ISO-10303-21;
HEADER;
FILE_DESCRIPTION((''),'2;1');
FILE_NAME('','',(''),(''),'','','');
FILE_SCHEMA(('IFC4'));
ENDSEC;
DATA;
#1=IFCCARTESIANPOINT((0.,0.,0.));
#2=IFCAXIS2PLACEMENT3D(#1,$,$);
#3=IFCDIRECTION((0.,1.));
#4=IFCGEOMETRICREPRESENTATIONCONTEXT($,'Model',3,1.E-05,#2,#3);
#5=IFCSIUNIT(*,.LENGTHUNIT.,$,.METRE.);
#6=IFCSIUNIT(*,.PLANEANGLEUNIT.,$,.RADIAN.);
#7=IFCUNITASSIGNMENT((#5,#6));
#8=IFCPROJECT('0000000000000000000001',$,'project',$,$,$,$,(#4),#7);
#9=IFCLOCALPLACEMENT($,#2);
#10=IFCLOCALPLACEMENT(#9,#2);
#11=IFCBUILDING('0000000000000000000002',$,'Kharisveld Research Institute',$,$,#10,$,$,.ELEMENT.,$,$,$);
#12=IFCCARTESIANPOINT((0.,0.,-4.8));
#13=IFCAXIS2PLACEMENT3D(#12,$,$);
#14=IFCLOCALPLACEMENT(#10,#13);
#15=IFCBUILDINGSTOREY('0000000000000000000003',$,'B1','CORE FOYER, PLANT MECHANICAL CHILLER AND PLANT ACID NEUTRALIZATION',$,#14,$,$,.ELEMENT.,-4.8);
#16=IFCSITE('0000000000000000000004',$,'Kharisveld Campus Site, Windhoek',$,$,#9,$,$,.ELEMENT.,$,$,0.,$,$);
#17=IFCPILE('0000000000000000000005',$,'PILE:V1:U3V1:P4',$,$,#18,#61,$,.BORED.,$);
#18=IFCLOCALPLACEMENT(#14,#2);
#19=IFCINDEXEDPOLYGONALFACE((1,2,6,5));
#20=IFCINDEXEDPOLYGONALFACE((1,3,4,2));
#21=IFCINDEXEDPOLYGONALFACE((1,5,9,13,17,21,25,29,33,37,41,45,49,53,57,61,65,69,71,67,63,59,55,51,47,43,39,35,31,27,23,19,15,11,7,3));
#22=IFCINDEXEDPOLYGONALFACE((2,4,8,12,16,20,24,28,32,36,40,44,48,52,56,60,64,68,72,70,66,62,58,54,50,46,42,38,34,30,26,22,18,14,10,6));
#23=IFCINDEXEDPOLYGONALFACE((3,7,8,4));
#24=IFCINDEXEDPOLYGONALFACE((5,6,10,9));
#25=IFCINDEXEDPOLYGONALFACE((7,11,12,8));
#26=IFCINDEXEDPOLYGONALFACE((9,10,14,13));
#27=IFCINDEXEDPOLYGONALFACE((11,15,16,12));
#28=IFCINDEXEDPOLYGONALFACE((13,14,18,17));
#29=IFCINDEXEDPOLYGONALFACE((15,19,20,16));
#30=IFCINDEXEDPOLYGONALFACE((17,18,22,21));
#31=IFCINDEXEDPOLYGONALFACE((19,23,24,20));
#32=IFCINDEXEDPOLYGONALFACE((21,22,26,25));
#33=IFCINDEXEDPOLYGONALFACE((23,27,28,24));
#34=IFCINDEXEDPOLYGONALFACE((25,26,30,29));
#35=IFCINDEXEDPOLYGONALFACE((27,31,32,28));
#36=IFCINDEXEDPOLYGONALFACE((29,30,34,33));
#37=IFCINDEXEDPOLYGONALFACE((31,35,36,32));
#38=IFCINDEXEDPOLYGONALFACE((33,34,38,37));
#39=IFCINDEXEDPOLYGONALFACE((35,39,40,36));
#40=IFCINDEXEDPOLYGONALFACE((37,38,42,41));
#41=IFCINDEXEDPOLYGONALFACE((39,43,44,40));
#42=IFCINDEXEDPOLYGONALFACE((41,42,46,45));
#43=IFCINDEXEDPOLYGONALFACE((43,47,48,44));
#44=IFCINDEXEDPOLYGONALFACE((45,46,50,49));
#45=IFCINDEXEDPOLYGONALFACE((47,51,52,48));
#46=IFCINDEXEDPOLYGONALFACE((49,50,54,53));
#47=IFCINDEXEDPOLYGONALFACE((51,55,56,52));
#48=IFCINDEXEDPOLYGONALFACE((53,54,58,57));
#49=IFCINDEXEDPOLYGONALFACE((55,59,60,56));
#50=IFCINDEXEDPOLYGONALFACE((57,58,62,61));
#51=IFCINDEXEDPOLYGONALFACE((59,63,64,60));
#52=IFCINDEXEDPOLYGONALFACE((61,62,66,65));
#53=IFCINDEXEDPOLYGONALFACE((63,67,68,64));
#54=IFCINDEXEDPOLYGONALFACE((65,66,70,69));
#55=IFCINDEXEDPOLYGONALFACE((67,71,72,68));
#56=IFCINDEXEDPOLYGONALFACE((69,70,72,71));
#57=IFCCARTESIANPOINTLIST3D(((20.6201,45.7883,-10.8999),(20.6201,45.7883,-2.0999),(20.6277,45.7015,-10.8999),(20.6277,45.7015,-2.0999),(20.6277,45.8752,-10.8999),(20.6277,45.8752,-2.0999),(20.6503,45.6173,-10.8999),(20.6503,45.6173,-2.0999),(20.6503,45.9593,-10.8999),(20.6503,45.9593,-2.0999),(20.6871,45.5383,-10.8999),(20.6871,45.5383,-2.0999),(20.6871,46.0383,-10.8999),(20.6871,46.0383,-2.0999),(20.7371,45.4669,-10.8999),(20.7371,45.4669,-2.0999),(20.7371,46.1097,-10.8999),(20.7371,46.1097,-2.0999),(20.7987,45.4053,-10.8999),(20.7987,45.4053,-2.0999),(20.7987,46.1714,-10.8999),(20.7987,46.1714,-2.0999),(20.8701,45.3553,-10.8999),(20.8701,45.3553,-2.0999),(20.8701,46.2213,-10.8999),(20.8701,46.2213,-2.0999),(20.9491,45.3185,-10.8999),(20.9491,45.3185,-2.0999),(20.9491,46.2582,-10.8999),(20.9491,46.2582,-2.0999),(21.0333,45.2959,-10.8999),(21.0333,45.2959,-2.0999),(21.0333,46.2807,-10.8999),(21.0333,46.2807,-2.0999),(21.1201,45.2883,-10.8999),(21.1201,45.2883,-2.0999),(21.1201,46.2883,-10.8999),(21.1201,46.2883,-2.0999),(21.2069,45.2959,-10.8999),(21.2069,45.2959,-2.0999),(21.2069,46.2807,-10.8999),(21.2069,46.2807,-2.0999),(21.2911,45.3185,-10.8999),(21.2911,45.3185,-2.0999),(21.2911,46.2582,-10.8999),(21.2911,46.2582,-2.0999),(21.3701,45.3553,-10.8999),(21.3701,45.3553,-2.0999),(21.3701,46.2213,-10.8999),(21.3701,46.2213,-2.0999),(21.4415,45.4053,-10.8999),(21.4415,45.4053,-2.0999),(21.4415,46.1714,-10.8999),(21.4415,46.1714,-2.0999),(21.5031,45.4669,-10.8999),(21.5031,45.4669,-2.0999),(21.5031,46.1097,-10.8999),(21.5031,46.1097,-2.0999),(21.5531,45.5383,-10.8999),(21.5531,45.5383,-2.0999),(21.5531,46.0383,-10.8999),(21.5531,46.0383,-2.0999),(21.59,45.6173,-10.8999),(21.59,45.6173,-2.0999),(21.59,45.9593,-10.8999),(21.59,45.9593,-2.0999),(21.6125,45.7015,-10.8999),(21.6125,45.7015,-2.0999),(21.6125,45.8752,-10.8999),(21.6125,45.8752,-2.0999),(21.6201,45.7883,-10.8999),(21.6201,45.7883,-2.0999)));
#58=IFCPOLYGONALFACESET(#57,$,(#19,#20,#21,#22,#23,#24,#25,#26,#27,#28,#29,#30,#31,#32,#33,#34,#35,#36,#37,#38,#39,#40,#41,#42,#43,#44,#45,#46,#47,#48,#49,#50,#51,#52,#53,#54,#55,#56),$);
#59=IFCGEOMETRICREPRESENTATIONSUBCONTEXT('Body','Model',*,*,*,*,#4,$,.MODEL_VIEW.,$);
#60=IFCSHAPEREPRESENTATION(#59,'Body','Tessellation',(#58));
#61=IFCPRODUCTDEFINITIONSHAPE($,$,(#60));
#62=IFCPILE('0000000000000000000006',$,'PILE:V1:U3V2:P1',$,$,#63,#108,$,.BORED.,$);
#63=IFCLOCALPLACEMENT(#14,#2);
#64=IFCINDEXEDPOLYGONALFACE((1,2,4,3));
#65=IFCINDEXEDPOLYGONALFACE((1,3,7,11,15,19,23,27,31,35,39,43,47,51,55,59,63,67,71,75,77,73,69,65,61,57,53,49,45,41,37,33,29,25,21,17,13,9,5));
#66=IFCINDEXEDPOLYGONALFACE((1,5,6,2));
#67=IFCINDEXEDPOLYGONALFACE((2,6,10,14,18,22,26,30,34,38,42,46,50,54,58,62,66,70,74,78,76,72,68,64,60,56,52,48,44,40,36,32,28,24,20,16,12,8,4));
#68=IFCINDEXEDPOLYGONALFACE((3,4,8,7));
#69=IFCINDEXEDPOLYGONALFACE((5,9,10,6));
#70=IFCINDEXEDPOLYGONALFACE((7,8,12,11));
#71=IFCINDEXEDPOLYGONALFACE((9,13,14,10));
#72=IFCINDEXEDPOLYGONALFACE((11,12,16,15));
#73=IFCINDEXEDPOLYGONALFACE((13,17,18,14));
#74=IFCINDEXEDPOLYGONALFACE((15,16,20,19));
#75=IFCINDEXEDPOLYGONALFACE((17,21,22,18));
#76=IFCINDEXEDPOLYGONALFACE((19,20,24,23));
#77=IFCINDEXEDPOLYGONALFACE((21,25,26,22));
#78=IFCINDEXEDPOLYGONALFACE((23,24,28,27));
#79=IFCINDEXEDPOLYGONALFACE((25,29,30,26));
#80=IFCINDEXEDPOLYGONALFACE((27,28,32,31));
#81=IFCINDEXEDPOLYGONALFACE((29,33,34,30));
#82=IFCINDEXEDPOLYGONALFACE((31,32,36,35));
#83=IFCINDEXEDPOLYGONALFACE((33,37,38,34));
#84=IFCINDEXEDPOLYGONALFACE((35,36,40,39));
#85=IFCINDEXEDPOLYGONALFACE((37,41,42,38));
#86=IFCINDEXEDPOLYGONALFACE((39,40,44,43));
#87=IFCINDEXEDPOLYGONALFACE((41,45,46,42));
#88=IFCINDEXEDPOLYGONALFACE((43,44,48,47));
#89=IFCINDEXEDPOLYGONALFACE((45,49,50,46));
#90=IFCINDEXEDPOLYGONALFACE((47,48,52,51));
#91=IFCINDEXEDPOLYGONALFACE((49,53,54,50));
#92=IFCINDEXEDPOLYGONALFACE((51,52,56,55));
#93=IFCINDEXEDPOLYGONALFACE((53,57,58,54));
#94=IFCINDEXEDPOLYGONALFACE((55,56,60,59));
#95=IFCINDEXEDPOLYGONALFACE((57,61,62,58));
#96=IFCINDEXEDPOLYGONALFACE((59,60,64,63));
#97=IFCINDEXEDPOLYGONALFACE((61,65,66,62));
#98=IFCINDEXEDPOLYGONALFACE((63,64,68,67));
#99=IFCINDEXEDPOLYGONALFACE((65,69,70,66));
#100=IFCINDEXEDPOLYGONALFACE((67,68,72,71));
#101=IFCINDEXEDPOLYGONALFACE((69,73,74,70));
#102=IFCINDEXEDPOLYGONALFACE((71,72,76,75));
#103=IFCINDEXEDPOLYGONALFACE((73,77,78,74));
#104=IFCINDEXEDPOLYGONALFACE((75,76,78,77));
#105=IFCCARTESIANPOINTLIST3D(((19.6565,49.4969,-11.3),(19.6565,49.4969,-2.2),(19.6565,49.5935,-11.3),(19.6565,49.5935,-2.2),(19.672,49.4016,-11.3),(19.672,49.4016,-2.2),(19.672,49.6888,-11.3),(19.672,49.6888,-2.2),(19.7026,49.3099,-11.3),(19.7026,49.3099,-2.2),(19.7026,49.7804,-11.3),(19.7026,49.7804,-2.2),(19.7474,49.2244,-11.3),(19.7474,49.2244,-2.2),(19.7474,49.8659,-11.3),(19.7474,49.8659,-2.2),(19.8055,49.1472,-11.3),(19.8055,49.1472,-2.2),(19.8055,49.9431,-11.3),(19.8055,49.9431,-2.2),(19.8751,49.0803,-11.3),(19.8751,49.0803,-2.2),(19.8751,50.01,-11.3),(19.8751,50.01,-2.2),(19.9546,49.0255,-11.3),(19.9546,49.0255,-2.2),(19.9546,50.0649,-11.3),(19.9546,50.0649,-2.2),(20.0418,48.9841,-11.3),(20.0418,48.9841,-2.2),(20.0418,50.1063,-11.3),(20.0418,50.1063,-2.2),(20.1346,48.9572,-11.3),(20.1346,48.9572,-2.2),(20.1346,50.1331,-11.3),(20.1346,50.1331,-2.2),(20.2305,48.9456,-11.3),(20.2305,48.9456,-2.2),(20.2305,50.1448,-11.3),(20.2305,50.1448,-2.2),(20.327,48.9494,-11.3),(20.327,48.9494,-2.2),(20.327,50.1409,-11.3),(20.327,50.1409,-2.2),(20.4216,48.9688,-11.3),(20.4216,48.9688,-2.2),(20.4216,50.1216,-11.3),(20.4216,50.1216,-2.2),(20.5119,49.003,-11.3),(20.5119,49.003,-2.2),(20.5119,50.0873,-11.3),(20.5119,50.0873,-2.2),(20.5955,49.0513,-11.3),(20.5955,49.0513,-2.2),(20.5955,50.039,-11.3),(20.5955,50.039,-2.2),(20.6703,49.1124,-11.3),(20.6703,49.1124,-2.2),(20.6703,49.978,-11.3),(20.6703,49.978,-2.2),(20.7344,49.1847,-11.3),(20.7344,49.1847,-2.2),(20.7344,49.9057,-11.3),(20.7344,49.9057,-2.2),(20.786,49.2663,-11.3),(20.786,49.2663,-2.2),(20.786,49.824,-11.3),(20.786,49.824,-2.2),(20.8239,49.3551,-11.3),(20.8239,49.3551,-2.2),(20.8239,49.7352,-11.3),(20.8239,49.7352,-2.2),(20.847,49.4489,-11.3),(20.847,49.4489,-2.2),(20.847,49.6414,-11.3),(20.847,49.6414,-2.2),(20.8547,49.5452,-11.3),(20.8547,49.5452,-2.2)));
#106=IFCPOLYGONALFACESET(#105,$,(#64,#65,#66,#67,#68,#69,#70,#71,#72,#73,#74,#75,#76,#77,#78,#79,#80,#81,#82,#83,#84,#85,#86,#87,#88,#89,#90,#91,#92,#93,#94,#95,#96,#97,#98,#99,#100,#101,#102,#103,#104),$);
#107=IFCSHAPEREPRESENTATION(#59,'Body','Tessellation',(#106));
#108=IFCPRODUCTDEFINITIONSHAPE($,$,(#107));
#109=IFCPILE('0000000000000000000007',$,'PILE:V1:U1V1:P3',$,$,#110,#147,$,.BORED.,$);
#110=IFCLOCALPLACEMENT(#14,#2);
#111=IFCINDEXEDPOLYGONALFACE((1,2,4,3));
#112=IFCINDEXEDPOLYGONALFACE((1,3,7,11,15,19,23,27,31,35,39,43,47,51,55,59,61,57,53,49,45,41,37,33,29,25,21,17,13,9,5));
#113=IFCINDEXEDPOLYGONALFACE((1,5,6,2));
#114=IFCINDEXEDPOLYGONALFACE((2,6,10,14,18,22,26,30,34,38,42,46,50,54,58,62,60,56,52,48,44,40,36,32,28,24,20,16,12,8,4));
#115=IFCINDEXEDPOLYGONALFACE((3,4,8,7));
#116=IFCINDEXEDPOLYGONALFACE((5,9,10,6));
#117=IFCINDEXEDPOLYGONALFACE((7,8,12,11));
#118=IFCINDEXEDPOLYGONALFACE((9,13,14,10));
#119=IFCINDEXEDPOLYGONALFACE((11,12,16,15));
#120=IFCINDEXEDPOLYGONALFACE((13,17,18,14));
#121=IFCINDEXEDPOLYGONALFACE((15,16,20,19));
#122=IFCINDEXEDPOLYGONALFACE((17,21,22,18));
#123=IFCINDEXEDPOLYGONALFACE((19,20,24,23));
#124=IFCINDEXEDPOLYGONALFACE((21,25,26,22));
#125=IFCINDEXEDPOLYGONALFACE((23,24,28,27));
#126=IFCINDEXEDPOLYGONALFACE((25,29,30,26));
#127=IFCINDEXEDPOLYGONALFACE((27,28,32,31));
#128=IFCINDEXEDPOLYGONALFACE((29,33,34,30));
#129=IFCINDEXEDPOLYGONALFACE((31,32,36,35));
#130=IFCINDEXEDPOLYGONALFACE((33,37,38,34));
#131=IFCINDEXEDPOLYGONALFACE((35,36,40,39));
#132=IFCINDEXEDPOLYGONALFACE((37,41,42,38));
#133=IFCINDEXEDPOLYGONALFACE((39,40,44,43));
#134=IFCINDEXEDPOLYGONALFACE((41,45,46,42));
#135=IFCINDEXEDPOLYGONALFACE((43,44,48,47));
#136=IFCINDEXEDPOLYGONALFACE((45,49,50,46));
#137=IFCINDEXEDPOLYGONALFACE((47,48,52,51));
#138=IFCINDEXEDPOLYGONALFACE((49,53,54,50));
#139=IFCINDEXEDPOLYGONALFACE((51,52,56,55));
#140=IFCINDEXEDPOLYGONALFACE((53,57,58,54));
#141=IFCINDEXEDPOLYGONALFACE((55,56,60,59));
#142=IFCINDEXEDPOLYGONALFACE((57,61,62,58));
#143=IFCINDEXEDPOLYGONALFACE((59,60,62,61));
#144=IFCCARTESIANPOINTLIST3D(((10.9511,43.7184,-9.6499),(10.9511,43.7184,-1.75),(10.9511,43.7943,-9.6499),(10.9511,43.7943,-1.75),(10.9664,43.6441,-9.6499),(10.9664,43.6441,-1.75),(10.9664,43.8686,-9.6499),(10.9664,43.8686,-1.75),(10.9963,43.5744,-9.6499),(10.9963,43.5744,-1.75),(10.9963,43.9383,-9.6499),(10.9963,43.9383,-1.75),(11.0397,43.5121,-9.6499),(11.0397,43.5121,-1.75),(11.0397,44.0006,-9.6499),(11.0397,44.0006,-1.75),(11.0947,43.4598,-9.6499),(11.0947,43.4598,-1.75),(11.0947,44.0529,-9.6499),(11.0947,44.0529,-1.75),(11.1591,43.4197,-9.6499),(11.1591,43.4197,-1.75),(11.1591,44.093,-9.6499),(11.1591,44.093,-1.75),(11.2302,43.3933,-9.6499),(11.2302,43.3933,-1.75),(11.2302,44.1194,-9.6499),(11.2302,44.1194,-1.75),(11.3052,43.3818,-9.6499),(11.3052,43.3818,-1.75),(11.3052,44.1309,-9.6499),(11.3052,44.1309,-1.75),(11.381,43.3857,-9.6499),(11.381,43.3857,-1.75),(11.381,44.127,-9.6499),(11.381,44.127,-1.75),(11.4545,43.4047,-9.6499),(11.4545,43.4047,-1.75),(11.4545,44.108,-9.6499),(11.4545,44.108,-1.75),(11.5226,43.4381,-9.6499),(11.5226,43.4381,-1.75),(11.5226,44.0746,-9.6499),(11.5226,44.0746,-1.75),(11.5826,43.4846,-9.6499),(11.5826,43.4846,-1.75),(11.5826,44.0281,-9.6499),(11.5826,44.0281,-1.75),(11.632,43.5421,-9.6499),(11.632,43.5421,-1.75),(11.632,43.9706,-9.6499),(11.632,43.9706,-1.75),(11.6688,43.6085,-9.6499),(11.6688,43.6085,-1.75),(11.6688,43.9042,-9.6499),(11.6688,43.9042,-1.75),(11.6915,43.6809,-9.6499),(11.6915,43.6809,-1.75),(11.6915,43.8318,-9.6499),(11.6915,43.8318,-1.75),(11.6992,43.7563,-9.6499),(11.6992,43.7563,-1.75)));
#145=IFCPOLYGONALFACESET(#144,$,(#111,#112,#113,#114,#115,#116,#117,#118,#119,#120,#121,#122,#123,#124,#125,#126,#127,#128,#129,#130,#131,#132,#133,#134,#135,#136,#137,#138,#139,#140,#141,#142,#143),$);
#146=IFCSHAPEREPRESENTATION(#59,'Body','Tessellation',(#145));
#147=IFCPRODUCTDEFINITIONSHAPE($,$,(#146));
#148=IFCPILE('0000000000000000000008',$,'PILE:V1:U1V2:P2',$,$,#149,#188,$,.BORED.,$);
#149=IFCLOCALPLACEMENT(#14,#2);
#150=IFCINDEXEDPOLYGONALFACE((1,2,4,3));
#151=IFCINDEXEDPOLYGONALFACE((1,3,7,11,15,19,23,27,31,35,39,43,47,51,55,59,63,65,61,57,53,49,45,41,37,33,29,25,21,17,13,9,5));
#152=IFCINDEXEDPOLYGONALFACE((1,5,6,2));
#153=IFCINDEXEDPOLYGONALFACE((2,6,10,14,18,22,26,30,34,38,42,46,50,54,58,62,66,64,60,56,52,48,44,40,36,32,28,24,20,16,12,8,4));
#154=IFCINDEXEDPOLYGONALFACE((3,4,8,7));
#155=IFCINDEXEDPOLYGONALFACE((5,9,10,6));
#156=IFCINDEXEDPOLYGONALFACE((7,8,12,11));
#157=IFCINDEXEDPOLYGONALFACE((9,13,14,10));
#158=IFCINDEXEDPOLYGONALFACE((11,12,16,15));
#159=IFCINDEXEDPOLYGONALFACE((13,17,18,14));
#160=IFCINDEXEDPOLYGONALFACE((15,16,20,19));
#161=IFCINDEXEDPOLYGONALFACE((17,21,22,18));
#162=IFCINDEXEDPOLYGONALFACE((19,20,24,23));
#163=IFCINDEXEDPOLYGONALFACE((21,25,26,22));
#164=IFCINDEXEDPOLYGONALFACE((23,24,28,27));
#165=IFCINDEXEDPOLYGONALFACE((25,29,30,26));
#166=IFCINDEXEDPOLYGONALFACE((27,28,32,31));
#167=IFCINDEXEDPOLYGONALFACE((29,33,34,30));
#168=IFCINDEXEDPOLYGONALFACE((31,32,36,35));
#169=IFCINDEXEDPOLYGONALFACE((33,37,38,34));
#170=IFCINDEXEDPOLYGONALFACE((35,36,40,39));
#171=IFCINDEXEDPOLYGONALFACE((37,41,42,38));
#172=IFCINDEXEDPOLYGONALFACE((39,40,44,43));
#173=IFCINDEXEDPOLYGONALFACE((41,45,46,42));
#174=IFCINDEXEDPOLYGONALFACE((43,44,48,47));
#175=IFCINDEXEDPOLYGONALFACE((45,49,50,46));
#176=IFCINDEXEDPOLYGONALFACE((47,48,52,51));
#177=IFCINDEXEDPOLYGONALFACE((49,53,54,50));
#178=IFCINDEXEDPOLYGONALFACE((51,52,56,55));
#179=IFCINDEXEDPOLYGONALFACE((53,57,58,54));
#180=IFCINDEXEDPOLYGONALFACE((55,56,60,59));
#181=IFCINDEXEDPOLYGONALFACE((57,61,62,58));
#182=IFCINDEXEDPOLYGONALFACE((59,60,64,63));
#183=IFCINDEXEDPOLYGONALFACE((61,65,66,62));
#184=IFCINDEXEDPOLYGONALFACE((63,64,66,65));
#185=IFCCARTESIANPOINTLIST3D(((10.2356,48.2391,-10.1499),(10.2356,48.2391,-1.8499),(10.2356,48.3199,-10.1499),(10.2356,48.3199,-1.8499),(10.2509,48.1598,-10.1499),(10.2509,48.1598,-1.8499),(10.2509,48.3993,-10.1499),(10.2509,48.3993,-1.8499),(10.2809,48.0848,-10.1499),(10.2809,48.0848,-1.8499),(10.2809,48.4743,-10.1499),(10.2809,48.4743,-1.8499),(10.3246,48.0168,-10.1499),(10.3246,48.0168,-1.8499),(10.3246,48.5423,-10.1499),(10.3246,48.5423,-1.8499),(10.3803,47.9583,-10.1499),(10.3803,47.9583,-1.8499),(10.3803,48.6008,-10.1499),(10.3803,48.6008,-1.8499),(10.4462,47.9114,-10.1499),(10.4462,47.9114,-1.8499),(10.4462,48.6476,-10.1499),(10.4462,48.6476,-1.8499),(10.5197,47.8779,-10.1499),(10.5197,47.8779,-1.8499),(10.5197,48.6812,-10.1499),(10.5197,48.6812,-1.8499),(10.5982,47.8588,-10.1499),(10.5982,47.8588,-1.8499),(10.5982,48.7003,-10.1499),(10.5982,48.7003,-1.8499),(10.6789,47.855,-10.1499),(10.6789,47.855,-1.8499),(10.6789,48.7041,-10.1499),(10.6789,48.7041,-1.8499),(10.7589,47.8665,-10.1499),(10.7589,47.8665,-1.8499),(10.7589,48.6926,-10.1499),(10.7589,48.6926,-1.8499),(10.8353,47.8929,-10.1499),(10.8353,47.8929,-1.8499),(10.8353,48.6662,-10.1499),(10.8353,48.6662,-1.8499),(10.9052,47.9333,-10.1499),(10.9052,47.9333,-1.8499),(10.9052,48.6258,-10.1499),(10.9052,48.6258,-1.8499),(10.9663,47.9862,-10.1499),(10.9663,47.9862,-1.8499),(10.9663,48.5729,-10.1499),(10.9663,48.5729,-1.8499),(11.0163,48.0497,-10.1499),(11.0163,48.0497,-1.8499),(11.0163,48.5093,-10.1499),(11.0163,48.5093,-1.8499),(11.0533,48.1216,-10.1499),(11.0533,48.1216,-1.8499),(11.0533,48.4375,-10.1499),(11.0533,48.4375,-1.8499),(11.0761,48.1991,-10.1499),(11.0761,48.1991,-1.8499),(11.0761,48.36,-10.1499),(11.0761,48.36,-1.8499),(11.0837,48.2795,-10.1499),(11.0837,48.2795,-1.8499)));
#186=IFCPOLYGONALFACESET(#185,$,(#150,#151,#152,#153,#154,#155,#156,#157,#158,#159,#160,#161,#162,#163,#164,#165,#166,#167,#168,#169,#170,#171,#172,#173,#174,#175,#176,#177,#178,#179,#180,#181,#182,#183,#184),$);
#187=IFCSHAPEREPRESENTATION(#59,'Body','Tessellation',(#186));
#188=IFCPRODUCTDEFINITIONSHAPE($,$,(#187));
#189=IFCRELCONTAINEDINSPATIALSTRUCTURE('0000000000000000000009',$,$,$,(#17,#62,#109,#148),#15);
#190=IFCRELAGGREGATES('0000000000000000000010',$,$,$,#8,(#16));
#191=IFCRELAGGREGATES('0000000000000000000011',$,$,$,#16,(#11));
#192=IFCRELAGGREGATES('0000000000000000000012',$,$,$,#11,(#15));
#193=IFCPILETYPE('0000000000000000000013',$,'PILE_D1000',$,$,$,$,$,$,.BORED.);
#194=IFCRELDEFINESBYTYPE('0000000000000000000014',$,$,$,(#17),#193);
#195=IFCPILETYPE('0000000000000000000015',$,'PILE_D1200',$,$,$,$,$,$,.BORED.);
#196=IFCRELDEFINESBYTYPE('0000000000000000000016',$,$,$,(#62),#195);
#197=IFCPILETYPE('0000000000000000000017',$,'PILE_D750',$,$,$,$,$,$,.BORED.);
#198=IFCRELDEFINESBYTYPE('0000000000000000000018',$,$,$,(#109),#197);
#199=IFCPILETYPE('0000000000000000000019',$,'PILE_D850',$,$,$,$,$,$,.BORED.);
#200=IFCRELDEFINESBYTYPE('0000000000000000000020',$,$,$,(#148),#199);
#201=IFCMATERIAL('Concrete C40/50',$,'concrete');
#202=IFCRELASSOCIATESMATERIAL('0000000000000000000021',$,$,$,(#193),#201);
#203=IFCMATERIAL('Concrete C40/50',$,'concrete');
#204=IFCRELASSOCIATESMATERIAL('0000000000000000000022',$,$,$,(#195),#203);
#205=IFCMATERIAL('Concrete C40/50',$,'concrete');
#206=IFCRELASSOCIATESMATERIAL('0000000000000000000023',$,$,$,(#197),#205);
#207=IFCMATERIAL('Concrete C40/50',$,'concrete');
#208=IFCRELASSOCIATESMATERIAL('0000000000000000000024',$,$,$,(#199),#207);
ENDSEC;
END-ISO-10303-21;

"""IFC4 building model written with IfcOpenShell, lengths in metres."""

from ifc_helpers import new_model, si_unit, direction, frame, origin, origin_2d, place, context, subcontext, project, spatial, circle, extrude, material, material_profile, profile_set, type_object, element, save


model = new_model("IFC4")

# Units and contexts
model_context = context("Model", 3, precision=1e-05, world=origin(), true_north=direction((0.0, 1.0)))
body_context = subcontext(model_context, "Body", "Model", "MODEL_VIEW")
ifc_project = project(units=[si_unit("LENGTHUNIT", "METRE"), si_unit("PLANEANGLEUNIT", "RADIAN")], contexts=[model_context])

# Site, building, storey
site_placement = place(None, origin())
site = spatial("IfcSite", under=ifc_project, at=site_placement, Name="Kharisveld Campus Site, Windhoek", CompositionType="ELEMENT", RefElevation=0.0)
building_placement = place(site_placement, origin())
building = spatial("IfcBuilding", under=site, at=building_placement, Name="Kharisveld Research Institute", CompositionType="ELEMENT")
storey_placement = place(building_placement, frame((0.0, 0.0, -4.8)))
storey = spatial("IfcBuildingStorey", under=building, at=storey_placement, Name="B1", Description="CORE FOYER, PLANT MECHANICAL CHILLER AND PLANT ACID NEUTRALIZATION", CompositionType="ELEMENT", Elevation=-4.8)

# Piles
ifc_material_1 = material(Name="Concrete C40/50", Category="concrete")
ifc_material_profile_1 = material_profile(ifc_material_1, circle(Radius=0.5, at=origin_2d()))
ifc_profile_set_1 = profile_set([ifc_material_profile_1], Name="Concrete C40/50")
pile_type_1 = type_object("IfcPileType", Name="PILE_D1000", PredefinedType="BORED", material=ifc_profile_set_1)
for number, where, z_axis, x_axis, name in (
    (1, (21.1201, 45.7883, -2.0999), (0.0, 0.0, -1.0), (1.0, 0.0, 0.0), "PILE:V1:U3V1:P4"),
):
    element("IfcPile", number, at=place(storey_placement, frame(where, z_axis=z_axis, x_axis=x_axis)), inside=storey, type_object=pile_type_1, Name=name, PredefinedType="BORED", context=body_context, shape_type="SweptSolid", body=[
        extrude(circle(Radius=0.5, at=origin_2d()), origin(), (0.0, 0.0, 1.0), 8.8),
    ])
ifc_material_2 = material(Name="Concrete C40/50", Category="concrete")
ifc_material_profile_2 = material_profile(ifc_material_2, circle(Radius=0.6001, at=origin_2d()))
ifc_profile_set_2 = profile_set([ifc_material_profile_2], Name="Concrete C40/50")
pile_type_2 = type_object("IfcPileType", Name="PILE_D1200", PredefinedType="BORED", material=ifc_profile_set_2)
pile_1_placement = place(storey_placement, frame((20.2546, 49.5452, -2.2), z_axis=(0.0, 0.0, -1.0), x_axis=(1.0, 0.0, 0.0)))
element("IfcPile", 2, at=pile_1_placement, inside=storey, type_object=pile_type_2, Name="PILE:V1:U3V2:P1", PredefinedType="BORED", context=body_context, shape_type="SweptSolid", body=[
    extrude(circle(Radius=0.6001, at=origin_2d()), origin(), (0.0, 0.0, 1.0), 9.1001),
])
ifc_material_3 = material(Name="Concrete C40/50", Category="concrete")
ifc_material_profile_3 = material_profile(ifc_material_3, circle(Radius=0.375, at=origin_2d()))
ifc_profile_set_3 = profile_set([ifc_material_profile_3], Name="Concrete C40/50")
pile_type_3 = type_object("IfcPileType", Name="PILE_D750", PredefinedType="BORED", material=ifc_profile_set_3)
pile_2_placement = place(storey_placement, frame((11.3242, 43.7563, -1.75), z_axis=(0.0, 0.0, -1.0), x_axis=(1.0, 0.0, 0.0)))
element("IfcPile", 3, at=pile_2_placement, inside=storey, type_object=pile_type_3, Name="PILE:V1:U1V1:P3", PredefinedType="BORED", context=body_context, shape_type="SweptSolid", body=[
    extrude(circle(Radius=0.375, at=origin_2d()), origin(), (0.0, 0.0, 1.0), 7.8999),
])
ifc_material_4 = material(Name="Concrete C40/50", Category="concrete")
ifc_material_profile_4 = material_profile(ifc_material_4, circle(Radius=0.425, at=origin_2d()))
ifc_profile_set_4 = profile_set([ifc_material_profile_4], Name="Concrete C40/50")
pile_type_4 = type_object("IfcPileType", Name="PILE_D850", PredefinedType="BORED", material=ifc_profile_set_4)
pile_3_placement = place(storey_placement, frame((10.6587, 48.2795, -1.8499), z_axis=(0.0, 0.0, -1.0), x_axis=(1.0, 0.0, 0.0)))
element("IfcPile", 4, at=pile_3_placement, inside=storey, type_object=pile_type_4, Name="PILE:V1:U1V2:P2", PredefinedType="BORED", context=body_context, shape_type="SweptSolid", body=[
    extrude(circle(Radius=0.425, at=origin_2d()), origin(), (0.0, 0.0, 1.0), 8.3),
])

save(model, "model.ifc")
